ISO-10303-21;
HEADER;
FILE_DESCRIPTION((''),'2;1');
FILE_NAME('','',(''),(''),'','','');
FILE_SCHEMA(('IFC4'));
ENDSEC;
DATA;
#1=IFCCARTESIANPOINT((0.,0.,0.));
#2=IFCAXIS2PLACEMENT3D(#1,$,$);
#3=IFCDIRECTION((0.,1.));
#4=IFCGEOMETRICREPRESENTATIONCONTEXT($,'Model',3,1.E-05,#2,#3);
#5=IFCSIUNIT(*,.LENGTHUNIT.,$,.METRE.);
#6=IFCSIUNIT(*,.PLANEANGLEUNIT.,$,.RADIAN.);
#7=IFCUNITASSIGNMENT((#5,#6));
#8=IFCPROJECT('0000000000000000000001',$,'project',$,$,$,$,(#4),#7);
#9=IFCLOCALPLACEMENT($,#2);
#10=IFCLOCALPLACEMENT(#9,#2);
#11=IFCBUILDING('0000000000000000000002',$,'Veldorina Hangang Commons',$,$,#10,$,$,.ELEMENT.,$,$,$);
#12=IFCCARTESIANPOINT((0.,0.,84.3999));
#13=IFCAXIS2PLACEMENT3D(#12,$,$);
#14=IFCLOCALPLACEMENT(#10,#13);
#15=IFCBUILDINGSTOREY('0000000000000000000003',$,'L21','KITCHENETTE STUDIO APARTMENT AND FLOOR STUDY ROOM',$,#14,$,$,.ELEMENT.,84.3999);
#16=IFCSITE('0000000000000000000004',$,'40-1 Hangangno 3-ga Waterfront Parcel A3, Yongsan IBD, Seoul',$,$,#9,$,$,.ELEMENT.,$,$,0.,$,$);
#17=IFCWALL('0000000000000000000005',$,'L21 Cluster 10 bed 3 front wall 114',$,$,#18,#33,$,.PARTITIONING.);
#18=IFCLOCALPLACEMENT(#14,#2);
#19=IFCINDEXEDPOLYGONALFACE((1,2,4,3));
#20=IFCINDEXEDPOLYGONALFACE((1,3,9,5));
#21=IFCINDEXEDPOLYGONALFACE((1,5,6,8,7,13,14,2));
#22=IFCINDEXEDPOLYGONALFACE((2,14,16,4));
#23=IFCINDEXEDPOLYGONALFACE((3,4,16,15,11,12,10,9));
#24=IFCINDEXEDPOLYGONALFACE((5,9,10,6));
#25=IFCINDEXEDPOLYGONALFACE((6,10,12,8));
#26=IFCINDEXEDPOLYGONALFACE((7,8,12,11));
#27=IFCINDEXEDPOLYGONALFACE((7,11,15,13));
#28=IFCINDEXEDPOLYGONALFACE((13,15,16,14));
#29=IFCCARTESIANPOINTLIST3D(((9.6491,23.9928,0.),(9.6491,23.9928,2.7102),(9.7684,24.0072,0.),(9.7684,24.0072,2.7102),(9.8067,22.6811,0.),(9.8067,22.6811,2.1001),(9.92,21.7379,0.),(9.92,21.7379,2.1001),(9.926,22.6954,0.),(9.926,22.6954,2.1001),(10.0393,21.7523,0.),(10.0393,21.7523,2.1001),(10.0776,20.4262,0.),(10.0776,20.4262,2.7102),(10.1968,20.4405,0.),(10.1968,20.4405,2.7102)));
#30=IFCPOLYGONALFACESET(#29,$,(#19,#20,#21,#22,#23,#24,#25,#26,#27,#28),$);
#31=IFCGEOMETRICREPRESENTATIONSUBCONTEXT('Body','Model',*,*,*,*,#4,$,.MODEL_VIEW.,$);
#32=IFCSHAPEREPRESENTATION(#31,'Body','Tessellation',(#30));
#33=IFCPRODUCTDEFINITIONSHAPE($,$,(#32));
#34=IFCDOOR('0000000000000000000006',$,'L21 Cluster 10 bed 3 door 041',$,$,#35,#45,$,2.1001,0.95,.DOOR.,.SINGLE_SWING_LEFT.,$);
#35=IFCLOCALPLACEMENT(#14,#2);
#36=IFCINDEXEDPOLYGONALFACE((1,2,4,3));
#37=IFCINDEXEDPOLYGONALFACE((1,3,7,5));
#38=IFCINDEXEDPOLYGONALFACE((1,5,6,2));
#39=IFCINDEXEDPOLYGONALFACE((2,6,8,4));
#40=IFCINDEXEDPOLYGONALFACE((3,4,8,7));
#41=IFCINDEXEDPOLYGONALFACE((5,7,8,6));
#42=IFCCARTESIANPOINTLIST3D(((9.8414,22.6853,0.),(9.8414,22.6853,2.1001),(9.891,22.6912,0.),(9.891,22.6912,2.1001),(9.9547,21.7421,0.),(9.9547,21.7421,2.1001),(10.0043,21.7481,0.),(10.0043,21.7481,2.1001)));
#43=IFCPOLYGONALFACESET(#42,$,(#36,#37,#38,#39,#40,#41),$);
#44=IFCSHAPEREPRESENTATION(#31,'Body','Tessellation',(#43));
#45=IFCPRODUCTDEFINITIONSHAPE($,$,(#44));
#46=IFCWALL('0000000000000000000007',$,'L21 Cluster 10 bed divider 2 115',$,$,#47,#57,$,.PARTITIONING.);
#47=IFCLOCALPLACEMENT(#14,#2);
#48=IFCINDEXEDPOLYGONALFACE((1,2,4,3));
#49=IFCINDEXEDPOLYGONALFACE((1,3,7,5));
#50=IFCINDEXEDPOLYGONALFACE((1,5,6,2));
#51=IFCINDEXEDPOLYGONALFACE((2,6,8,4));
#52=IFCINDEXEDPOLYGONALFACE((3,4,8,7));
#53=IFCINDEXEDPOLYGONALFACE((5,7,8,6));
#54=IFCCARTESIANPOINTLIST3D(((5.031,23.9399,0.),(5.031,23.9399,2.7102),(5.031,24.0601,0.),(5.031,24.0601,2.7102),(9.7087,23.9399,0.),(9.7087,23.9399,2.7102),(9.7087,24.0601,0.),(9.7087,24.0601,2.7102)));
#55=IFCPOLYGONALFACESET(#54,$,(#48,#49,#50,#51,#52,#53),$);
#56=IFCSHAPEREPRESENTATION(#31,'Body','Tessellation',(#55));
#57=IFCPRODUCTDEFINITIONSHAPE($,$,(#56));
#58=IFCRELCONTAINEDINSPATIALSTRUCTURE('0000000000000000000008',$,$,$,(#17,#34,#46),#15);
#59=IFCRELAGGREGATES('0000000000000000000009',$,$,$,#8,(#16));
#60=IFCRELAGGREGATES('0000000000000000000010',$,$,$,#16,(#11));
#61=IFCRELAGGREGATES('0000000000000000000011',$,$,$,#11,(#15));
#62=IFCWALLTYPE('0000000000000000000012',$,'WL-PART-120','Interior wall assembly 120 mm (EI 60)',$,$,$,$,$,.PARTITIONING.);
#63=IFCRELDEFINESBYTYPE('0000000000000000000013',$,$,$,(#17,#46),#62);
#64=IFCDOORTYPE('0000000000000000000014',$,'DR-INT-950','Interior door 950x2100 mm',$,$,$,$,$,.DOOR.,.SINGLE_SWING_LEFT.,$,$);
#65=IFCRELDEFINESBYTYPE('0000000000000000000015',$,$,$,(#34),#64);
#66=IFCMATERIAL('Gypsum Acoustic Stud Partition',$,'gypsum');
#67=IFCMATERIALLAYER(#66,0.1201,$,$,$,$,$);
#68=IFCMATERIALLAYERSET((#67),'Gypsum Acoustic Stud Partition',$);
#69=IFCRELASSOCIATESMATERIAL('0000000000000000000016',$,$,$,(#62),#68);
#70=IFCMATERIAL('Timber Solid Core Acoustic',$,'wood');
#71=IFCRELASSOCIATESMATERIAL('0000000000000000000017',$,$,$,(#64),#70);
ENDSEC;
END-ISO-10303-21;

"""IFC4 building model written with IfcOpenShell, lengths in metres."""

from ifc_helpers import new_model, si_unit, direction, frame, frame_2d, origin, place, context, subcontext, project, spatial, rectangle, extrude, material, layer, layer_set, type_object, element, fill, save


model = new_model("IFC4")

# Units and contexts
model_context = context("Model", 3, precision=1e-05, world=origin(), true_north=direction((0.0, 1.0)))
body_context = subcontext(model_context, "Body", "Model", "MODEL_VIEW")
ifc_project = project(units=[si_unit("LENGTHUNIT", "METRE"), si_unit("PLANEANGLEUNIT", "RADIAN")], contexts=[model_context])

# Site, building, storey
site_placement = place(None, origin())
site = spatial("IfcSite", under=ifc_project, at=site_placement, Name="40-1 Hangangno 3-ga Waterfront Parcel A3, Yongsan IBD, Seoul", CompositionType="ELEMENT", RefElevation=0.0)
building_placement = place(site_placement, origin())
building = spatial("IfcBuilding", under=site, at=building_placement, Name="Veldorina Hangang Commons", CompositionType="ELEMENT")
storey_placement = place(building_placement, frame((0.0, 0.0, 84.3999)))
storey = spatial("IfcBuildingStorey", under=building, at=storey_placement, Name="L21", Description="KITCHENETTE STUDIO APARTMENT AND FLOOR STUDY ROOM", CompositionType="ELEMENT", Elevation=84.3999)

# Shared definitions
ifc_material_1 = material(Name="Gypsum Acoustic Stud Partition", Category="gypsum")
ifc_layer_1 = layer(ifc_material_1, 0.1201)
ifc_layer_set_1 = layer_set([ifc_layer_1], Name="Gypsum Acoustic Stud Partition")
wall_type_1 = type_object("IfcWallType", Name="WL-PART-120", Description="Interior wall assembly 120 mm (EI 60)", PredefinedType="PARTITIONING", material=ifc_layer_set_1)
ifc_material_2 = material(Name="Timber Solid Core Acoustic", Category="wood")
door_type_1 = type_object("IfcDoorType", Name="DR-INT-950", Description="Interior door 950x2100 mm", OperationType="SINGLE_SWING_LEFT", PredefinedType="DOOR", material=ifc_material_2)

# Wall, opening, door
wall_1_placement = place(storey_placement, frame((9.7087, 24.0, 0.0), z_axis=(0.0, 0.0, 1.0), x_axis=(0.119274, -0.992861, 0.0)))
wall_1 = element("IfcWall", 1, at=wall_1_placement, inside=storey, type_object=wall_type_1, Name="L21 Cluster 10 bed 3 front wall 114", PredefinedType="PARTITIONING", context=body_context, shape_type="SweptSolid", body=[
    extrude(rectangle(XDim=3.5923, YDim=0.1201, at=frame_2d((1.7961, 0.0))), origin(), (0.0, 0.0, 1.0), 2.7102),
])
opening_1_placement = place(wall_1_placement, frame((1.321, 0.0, 0.0)))
opening_1 = element("IfcOpeningElement", 2, at=opening_1_placement, cuts=wall_1, PredefinedType="OPENING", context=body_context, shape_type="SweptSolid", body=[
    extrude(rectangle(XDim=0.95, YDim=2.1001, at=frame_2d((0.4751, 1.05))), frame((0.0, 0.0701, 0.0), z_axis=(0.0, -1.0, 0.0), x_axis=(1.0, 0.0, 0.0)), (0.0, 0.0, 1.0), 0.1401),
])
door_1_placement = place(opening_1_placement, origin())
door_1 = element("IfcDoor", 3, at=door_1_placement, inside=storey, type_object=door_type_1, Name="L21 Cluster 10 bed 3 door 041", OperationType="SINGLE_SWING_LEFT", OverallHeight=2.1001, OverallWidth=0.95, PredefinedType="DOOR", context=body_context, shape_type="SweptSolid", body=[
    extrude(rectangle(XDim=0.95, YDim=2.1001, at=frame_2d((0.4751, 1.05))), frame((0.0, 0.0249, 0.0), z_axis=(0.0, -1.0, 0.0), x_axis=(1.0, 0.0, 0.0)), (0.0, 0.0, 1.0), 0.05),
])
fill(opening_1, door_1)

# Wall
wall_2_placement = place(storey_placement, frame((9.7087, 24.0, 0.0), z_axis=(0.0, 0.0, 1.0), x_axis=(-1.0, 0.0, 0.0)))
element("IfcWall", 4, at=wall_2_placement, inside=storey, type_object=wall_type_1, Name="L21 Cluster 10 bed divider 2 115", PredefinedType="PARTITIONING", context=body_context, shape_type="SweptSolid", body=[
    extrude(rectangle(XDim=4.6777, YDim=0.1201, at=frame_2d((2.3389, 0.0))), origin(), (0.0, 0.0, 1.0), 2.7102),
])

save(model, "model.ifc")
